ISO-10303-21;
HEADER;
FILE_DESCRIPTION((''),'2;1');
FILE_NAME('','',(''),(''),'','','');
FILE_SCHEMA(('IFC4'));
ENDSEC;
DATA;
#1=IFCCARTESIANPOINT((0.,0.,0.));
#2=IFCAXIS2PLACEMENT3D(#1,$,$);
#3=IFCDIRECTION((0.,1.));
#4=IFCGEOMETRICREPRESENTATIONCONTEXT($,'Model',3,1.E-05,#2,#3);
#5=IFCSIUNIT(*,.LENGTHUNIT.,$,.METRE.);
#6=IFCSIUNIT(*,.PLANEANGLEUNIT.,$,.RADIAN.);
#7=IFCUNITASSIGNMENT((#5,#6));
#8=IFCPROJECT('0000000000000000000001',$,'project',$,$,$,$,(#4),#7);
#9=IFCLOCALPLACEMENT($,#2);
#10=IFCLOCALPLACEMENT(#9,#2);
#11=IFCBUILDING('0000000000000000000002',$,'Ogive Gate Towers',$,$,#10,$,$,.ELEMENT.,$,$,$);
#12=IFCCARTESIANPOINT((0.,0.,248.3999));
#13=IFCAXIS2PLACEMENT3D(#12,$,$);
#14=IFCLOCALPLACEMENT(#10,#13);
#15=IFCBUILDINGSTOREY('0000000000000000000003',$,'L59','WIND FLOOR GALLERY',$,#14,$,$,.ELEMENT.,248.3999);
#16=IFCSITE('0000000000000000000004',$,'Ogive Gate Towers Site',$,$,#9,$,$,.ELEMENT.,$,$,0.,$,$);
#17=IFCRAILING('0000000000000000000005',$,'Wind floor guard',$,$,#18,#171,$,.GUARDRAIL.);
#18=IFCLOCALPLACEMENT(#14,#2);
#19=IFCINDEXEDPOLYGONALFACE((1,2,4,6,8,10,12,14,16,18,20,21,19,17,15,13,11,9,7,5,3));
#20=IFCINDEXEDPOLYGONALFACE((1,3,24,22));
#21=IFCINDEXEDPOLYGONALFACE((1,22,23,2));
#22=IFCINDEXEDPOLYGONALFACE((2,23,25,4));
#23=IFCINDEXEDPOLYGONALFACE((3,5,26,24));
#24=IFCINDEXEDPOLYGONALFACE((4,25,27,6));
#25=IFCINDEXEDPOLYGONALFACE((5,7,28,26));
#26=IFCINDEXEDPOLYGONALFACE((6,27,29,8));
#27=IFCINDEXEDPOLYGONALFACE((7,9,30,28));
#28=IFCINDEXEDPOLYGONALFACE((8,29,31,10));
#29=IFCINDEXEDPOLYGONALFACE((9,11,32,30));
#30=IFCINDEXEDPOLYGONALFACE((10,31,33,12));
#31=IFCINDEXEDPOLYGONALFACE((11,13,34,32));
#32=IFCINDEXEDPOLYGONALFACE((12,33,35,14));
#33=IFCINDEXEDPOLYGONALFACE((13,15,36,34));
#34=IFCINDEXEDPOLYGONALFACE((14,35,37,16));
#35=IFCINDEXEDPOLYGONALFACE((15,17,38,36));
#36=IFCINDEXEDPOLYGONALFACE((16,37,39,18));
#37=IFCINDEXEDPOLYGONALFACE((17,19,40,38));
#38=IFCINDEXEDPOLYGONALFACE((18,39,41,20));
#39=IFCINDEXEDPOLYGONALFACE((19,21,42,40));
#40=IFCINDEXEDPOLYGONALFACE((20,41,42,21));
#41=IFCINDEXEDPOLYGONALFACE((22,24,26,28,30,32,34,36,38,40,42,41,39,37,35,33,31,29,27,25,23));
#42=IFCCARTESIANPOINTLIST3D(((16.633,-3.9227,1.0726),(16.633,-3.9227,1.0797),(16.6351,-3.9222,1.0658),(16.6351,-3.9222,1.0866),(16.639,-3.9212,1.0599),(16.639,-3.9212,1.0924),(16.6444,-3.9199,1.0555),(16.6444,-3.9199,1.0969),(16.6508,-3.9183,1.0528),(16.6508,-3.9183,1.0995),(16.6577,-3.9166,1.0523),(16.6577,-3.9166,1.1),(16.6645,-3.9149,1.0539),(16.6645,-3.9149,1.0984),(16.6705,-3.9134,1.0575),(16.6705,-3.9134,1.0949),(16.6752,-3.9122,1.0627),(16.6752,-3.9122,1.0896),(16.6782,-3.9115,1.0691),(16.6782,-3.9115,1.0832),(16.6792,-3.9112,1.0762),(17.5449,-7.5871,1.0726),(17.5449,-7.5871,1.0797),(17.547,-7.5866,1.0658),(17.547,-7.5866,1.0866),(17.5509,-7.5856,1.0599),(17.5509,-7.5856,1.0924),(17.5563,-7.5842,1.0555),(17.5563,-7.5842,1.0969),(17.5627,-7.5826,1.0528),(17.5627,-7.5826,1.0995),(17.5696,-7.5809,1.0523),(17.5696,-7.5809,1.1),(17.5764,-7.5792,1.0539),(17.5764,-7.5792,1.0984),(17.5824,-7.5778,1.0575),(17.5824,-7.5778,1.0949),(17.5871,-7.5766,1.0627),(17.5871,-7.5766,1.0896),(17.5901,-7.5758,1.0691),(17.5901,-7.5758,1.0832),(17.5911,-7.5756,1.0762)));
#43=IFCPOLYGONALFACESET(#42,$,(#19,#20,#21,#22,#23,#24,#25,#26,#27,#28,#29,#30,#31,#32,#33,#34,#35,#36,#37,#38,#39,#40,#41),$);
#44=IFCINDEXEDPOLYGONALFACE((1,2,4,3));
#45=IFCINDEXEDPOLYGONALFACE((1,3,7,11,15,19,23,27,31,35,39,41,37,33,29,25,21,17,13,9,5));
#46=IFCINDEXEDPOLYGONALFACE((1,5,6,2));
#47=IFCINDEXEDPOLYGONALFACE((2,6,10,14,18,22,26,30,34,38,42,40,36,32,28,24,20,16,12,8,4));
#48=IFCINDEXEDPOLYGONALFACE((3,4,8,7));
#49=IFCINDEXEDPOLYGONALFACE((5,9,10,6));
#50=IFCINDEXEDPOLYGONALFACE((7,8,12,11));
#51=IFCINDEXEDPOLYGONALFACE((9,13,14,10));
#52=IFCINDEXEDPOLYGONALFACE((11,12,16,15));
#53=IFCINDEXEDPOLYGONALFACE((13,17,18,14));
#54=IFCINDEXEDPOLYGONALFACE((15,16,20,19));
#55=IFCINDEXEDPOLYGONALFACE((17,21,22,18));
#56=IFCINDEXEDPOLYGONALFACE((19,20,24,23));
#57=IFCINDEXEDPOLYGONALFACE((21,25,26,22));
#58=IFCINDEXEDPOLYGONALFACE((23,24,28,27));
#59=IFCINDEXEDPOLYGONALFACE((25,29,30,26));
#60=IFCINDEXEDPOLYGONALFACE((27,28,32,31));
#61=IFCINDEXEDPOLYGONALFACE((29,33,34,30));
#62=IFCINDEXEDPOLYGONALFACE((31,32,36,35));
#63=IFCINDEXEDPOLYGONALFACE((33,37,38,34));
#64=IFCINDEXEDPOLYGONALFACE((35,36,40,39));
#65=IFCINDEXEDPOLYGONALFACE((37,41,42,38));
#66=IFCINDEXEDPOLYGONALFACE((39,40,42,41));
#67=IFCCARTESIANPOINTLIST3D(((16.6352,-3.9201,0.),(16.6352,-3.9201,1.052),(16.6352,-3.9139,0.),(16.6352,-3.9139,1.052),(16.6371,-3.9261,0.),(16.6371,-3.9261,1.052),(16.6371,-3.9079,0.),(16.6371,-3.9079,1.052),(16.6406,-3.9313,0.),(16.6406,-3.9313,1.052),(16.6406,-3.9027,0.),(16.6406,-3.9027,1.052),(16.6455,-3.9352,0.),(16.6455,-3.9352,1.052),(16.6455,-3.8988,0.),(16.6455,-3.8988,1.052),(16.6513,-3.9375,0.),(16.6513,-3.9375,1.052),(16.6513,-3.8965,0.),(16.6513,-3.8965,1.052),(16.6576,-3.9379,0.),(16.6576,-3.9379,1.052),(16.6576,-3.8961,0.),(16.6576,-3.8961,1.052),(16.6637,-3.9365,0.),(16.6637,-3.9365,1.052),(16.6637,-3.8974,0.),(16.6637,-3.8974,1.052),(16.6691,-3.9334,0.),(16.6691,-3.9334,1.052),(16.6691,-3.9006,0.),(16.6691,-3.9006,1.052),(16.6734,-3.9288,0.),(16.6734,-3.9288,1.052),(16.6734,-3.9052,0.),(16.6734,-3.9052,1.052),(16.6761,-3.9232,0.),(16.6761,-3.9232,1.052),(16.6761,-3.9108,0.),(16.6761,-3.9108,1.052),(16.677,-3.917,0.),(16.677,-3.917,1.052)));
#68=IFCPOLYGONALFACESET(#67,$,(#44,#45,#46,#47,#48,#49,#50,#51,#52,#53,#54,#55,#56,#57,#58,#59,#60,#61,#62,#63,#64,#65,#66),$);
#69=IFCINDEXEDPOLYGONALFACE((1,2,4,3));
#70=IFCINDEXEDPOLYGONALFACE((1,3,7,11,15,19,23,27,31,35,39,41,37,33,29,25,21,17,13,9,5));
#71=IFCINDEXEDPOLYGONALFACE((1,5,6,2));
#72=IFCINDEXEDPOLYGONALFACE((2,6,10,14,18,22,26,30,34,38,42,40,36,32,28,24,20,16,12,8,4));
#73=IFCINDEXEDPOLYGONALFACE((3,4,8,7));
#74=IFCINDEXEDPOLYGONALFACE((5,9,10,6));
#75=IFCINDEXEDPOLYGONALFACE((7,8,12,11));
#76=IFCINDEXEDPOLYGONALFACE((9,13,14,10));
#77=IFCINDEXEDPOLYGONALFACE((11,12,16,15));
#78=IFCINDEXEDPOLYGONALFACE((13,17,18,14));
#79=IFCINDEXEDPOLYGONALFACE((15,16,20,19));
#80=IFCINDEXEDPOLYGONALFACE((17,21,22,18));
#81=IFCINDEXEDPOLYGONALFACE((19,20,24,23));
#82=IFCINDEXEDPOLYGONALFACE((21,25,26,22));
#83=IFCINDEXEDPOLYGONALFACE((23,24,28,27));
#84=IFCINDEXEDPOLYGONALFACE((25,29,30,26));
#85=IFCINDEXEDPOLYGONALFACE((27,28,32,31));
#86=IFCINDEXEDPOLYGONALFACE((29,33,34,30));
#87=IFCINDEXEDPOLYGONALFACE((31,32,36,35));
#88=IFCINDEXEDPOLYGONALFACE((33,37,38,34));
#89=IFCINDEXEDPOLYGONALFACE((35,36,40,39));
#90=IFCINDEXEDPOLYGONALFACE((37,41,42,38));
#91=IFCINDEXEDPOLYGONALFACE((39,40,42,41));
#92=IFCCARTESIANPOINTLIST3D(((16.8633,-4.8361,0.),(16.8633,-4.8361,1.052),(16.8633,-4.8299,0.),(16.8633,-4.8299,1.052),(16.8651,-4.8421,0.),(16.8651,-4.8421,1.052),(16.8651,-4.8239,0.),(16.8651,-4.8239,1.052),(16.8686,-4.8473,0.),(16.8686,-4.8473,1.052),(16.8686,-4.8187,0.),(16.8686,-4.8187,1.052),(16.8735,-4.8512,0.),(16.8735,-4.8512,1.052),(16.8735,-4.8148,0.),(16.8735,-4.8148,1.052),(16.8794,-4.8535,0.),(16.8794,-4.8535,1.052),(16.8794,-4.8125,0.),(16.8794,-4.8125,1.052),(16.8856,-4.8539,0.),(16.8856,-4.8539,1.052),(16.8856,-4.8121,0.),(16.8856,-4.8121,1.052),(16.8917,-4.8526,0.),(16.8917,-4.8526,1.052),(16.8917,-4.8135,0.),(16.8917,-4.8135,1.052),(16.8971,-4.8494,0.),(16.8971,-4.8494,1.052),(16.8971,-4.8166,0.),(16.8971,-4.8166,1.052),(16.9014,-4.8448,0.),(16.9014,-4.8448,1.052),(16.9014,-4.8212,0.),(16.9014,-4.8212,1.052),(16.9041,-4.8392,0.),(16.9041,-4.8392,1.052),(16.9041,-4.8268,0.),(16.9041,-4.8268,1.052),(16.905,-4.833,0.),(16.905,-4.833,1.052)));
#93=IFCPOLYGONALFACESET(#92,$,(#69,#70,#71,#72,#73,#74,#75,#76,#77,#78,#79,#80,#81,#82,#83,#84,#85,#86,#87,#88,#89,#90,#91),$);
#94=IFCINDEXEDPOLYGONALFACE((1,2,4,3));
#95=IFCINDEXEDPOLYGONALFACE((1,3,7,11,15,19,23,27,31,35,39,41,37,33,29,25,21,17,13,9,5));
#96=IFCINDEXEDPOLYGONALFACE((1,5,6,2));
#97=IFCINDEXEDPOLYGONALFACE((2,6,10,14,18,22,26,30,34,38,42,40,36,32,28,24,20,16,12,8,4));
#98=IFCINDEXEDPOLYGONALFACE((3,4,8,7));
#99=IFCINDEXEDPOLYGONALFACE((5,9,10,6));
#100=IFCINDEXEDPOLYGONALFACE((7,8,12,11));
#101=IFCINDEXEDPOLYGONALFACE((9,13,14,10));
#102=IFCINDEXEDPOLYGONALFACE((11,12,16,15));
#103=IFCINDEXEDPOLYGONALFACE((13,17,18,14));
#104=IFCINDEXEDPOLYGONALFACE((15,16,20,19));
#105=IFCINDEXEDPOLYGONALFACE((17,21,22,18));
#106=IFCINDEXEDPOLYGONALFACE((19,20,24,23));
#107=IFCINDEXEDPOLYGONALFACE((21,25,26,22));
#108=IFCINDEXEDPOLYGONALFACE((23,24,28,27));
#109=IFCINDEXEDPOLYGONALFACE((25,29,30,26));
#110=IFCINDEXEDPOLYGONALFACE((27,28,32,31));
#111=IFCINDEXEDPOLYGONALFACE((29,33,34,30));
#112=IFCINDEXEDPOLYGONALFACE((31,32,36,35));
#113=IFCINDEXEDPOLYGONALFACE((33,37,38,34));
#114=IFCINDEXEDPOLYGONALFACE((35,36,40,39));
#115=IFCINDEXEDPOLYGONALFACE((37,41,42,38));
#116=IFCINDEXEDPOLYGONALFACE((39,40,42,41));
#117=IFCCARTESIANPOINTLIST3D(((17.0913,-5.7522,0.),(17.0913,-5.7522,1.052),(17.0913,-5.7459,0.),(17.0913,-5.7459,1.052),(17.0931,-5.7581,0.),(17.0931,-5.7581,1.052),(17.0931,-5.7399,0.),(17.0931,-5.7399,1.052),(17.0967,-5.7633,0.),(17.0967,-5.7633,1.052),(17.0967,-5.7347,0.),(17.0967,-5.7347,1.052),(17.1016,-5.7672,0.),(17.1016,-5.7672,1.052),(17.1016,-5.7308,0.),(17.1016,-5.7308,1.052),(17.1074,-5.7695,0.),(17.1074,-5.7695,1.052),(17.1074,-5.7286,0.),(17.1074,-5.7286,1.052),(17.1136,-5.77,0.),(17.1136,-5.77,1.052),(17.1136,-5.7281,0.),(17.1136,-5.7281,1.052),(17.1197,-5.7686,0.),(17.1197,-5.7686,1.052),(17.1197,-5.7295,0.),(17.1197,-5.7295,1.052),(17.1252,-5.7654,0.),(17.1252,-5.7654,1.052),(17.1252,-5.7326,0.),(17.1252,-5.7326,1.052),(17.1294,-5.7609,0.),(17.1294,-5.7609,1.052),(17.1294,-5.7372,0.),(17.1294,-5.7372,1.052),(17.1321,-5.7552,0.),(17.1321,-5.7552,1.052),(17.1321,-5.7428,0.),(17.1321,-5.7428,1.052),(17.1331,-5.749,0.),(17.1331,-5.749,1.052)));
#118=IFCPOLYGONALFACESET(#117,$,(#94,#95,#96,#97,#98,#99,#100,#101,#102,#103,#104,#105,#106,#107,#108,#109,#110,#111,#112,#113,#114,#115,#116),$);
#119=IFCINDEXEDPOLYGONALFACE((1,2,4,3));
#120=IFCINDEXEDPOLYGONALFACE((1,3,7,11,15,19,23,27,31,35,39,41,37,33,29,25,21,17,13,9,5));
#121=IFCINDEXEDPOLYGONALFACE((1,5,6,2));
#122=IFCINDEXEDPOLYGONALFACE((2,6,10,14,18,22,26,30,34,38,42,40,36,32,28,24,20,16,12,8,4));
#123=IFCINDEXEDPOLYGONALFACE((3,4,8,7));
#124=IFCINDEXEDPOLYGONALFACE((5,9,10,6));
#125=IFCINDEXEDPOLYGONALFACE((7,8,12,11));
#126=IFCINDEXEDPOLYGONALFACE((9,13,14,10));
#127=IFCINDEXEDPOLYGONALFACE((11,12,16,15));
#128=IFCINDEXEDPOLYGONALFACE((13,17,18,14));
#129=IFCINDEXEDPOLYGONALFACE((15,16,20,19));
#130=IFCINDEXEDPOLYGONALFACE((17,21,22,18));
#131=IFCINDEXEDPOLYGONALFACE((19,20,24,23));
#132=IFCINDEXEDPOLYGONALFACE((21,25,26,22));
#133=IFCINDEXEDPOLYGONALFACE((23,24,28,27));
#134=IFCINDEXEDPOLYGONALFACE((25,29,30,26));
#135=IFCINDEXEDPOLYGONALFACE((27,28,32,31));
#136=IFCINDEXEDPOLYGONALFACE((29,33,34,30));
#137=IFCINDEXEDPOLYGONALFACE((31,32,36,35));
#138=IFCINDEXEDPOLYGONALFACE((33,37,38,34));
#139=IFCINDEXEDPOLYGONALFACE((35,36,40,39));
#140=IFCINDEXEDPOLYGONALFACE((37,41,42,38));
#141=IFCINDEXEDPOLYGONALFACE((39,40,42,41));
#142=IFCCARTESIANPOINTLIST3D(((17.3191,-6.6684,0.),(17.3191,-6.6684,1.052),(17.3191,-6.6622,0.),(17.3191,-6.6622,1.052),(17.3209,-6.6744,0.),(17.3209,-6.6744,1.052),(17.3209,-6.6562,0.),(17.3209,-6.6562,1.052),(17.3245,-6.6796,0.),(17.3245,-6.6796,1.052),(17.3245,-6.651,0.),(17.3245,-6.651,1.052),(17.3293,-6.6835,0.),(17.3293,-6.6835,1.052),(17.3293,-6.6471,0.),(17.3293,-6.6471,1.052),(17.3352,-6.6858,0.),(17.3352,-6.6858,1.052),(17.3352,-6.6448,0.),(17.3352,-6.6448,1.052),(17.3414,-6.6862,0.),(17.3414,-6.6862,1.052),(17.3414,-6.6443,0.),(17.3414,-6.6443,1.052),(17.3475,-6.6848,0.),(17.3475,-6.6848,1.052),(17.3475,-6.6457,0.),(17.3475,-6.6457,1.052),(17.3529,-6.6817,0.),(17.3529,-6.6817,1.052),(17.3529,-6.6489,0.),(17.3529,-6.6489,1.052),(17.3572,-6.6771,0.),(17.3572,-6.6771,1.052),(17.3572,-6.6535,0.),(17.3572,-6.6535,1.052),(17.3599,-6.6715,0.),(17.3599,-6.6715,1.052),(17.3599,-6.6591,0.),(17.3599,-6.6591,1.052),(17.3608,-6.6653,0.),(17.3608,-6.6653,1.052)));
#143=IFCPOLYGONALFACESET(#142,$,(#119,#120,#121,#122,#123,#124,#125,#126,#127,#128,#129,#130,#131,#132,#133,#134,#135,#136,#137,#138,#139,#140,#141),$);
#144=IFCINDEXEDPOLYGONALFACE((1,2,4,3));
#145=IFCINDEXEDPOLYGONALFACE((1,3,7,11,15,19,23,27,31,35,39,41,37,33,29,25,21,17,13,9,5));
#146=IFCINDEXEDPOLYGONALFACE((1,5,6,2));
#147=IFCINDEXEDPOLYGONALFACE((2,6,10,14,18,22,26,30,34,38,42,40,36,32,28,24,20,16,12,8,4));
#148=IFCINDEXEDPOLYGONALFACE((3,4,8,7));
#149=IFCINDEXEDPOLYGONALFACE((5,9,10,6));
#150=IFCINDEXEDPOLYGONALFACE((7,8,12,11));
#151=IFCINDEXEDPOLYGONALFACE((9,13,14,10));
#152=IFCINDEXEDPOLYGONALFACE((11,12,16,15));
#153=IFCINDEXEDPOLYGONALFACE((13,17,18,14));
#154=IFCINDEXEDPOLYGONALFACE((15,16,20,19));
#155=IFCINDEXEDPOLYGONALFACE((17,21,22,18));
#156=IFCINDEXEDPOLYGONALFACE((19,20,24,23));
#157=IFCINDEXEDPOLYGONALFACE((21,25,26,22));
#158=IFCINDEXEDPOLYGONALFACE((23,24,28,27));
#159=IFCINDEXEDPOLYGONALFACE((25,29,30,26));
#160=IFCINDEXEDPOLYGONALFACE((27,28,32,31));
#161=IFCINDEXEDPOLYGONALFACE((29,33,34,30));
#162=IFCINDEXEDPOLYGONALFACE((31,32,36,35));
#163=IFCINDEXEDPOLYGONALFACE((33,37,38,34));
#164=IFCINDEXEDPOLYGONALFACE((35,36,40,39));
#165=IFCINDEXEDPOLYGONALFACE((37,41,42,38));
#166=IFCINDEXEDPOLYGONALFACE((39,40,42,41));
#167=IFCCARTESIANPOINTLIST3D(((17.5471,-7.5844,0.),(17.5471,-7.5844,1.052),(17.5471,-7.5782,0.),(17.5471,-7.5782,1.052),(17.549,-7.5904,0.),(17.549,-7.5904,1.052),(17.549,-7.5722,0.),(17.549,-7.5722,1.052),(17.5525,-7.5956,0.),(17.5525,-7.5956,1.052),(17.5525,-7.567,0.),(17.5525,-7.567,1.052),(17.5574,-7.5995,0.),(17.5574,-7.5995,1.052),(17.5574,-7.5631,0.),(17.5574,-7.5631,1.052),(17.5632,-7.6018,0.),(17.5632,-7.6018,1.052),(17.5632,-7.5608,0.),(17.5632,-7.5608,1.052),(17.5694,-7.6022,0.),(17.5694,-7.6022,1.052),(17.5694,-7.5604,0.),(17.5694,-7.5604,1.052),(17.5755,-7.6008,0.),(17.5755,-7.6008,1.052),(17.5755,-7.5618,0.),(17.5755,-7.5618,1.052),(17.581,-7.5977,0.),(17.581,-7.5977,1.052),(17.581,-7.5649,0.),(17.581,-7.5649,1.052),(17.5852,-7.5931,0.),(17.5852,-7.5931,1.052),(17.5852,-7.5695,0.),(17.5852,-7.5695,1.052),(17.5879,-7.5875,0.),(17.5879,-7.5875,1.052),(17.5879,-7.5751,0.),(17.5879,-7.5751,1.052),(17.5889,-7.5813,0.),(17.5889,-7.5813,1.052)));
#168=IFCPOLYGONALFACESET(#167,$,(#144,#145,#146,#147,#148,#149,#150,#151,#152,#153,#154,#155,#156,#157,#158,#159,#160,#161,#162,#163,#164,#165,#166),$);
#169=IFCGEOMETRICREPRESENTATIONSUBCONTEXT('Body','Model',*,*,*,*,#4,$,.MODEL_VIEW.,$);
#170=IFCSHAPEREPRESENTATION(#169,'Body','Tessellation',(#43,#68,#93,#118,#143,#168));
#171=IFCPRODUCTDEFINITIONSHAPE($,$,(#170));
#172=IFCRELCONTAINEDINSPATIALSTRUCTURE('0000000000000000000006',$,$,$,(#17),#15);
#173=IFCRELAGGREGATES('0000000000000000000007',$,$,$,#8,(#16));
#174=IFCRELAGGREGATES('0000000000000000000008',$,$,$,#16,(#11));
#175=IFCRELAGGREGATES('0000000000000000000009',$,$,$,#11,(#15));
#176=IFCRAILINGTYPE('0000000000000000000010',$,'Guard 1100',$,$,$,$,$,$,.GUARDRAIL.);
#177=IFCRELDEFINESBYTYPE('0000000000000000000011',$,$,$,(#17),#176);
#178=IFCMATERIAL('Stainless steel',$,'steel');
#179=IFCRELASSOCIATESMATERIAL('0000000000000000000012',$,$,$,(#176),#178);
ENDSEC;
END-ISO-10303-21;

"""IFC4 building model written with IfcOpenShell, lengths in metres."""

from ifc_helpers import new_model, si_unit, direction, frame, origin, origin_2d, place, context, subcontext, project, spatial, circle, extrude, material, type_object, element, save


model = new_model("IFC4")

# Units and contexts
model_context = context("Model", 3, precision=1e-05, world=origin(), true_north=direction((0.0, 1.0)))
body_context = subcontext(model_context, "Body", "Model", "MODEL_VIEW")
ifc_project = project(units=[si_unit("LENGTHUNIT", "METRE"), si_unit("PLANEANGLEUNIT", "RADIAN")], contexts=[model_context])

# Site, building, storey
site_placement = place(None, origin())
site = spatial("IfcSite", under=ifc_project, at=site_placement, Name="Ogive Gate Towers Site", CompositionType="ELEMENT", RefElevation=0.0)
building_placement = place(site_placement, origin())
building = spatial("IfcBuilding", under=site, at=building_placement, Name="Ogive Gate Towers", CompositionType="ELEMENT")
storey_placement = place(building_placement, frame((0.0, 0.0, 248.3999)))
storey = spatial("IfcBuildingStorey", under=building, at=storey_placement, Name="L59", Description="WIND FLOOR GALLERY", CompositionType="ELEMENT", Elevation=248.3999)

# Railing
ifc_material_1 = material(Name="Stainless steel", Category="steel")
railing_type = type_object("IfcRailingType", Name="Guard 1100", PredefinedType="GUARDRAIL", material=ifc_material_1)
railing_1_placement = place(storey_placement, frame((16.656, -3.917, 0.0)))
element("IfcRailing", 1, at=railing_1_placement, inside=storey, type_object=railing_type, Name="Wind floor guard", PredefinedType="GUARDRAIL", context=body_context, shape_type="SweptSolid", body=[
    extrude(circle(Radius=0.0239, at=origin_2d()), frame((0.0, 0.0, 1.0762), z_axis=(0.241486, -0.970404, 0.0), x_axis=(0.970404, 0.241486, 0.0)), (0.0, 0.0, 1.0), 3.7761),
    extrude(circle(Radius=0.021, at=origin_2d()), origin(), (0.0, 0.0, 1.0), 1.052),
    extrude(circle(Radius=0.021, at=origin_2d()), frame((0.228, -0.916, 0.0)), (0.0, 0.0, 1.0), 1.052),
    extrude(circle(Radius=0.021, at=origin_2d()), frame((0.4561, -1.832, 0.0)), (0.0, 0.0, 1.0), 1.052),
    extrude(circle(Radius=0.021, at=origin_2d()), frame((0.6838, -2.7483, 0.0)), (0.0, 0.0, 1.0), 1.052),
    extrude(circle(Radius=0.021, at=origin_2d()), frame((0.9119, -3.6643, 0.0)), (0.0, 0.0, 1.0), 1.052),
])

save(model, "model.ifc")
